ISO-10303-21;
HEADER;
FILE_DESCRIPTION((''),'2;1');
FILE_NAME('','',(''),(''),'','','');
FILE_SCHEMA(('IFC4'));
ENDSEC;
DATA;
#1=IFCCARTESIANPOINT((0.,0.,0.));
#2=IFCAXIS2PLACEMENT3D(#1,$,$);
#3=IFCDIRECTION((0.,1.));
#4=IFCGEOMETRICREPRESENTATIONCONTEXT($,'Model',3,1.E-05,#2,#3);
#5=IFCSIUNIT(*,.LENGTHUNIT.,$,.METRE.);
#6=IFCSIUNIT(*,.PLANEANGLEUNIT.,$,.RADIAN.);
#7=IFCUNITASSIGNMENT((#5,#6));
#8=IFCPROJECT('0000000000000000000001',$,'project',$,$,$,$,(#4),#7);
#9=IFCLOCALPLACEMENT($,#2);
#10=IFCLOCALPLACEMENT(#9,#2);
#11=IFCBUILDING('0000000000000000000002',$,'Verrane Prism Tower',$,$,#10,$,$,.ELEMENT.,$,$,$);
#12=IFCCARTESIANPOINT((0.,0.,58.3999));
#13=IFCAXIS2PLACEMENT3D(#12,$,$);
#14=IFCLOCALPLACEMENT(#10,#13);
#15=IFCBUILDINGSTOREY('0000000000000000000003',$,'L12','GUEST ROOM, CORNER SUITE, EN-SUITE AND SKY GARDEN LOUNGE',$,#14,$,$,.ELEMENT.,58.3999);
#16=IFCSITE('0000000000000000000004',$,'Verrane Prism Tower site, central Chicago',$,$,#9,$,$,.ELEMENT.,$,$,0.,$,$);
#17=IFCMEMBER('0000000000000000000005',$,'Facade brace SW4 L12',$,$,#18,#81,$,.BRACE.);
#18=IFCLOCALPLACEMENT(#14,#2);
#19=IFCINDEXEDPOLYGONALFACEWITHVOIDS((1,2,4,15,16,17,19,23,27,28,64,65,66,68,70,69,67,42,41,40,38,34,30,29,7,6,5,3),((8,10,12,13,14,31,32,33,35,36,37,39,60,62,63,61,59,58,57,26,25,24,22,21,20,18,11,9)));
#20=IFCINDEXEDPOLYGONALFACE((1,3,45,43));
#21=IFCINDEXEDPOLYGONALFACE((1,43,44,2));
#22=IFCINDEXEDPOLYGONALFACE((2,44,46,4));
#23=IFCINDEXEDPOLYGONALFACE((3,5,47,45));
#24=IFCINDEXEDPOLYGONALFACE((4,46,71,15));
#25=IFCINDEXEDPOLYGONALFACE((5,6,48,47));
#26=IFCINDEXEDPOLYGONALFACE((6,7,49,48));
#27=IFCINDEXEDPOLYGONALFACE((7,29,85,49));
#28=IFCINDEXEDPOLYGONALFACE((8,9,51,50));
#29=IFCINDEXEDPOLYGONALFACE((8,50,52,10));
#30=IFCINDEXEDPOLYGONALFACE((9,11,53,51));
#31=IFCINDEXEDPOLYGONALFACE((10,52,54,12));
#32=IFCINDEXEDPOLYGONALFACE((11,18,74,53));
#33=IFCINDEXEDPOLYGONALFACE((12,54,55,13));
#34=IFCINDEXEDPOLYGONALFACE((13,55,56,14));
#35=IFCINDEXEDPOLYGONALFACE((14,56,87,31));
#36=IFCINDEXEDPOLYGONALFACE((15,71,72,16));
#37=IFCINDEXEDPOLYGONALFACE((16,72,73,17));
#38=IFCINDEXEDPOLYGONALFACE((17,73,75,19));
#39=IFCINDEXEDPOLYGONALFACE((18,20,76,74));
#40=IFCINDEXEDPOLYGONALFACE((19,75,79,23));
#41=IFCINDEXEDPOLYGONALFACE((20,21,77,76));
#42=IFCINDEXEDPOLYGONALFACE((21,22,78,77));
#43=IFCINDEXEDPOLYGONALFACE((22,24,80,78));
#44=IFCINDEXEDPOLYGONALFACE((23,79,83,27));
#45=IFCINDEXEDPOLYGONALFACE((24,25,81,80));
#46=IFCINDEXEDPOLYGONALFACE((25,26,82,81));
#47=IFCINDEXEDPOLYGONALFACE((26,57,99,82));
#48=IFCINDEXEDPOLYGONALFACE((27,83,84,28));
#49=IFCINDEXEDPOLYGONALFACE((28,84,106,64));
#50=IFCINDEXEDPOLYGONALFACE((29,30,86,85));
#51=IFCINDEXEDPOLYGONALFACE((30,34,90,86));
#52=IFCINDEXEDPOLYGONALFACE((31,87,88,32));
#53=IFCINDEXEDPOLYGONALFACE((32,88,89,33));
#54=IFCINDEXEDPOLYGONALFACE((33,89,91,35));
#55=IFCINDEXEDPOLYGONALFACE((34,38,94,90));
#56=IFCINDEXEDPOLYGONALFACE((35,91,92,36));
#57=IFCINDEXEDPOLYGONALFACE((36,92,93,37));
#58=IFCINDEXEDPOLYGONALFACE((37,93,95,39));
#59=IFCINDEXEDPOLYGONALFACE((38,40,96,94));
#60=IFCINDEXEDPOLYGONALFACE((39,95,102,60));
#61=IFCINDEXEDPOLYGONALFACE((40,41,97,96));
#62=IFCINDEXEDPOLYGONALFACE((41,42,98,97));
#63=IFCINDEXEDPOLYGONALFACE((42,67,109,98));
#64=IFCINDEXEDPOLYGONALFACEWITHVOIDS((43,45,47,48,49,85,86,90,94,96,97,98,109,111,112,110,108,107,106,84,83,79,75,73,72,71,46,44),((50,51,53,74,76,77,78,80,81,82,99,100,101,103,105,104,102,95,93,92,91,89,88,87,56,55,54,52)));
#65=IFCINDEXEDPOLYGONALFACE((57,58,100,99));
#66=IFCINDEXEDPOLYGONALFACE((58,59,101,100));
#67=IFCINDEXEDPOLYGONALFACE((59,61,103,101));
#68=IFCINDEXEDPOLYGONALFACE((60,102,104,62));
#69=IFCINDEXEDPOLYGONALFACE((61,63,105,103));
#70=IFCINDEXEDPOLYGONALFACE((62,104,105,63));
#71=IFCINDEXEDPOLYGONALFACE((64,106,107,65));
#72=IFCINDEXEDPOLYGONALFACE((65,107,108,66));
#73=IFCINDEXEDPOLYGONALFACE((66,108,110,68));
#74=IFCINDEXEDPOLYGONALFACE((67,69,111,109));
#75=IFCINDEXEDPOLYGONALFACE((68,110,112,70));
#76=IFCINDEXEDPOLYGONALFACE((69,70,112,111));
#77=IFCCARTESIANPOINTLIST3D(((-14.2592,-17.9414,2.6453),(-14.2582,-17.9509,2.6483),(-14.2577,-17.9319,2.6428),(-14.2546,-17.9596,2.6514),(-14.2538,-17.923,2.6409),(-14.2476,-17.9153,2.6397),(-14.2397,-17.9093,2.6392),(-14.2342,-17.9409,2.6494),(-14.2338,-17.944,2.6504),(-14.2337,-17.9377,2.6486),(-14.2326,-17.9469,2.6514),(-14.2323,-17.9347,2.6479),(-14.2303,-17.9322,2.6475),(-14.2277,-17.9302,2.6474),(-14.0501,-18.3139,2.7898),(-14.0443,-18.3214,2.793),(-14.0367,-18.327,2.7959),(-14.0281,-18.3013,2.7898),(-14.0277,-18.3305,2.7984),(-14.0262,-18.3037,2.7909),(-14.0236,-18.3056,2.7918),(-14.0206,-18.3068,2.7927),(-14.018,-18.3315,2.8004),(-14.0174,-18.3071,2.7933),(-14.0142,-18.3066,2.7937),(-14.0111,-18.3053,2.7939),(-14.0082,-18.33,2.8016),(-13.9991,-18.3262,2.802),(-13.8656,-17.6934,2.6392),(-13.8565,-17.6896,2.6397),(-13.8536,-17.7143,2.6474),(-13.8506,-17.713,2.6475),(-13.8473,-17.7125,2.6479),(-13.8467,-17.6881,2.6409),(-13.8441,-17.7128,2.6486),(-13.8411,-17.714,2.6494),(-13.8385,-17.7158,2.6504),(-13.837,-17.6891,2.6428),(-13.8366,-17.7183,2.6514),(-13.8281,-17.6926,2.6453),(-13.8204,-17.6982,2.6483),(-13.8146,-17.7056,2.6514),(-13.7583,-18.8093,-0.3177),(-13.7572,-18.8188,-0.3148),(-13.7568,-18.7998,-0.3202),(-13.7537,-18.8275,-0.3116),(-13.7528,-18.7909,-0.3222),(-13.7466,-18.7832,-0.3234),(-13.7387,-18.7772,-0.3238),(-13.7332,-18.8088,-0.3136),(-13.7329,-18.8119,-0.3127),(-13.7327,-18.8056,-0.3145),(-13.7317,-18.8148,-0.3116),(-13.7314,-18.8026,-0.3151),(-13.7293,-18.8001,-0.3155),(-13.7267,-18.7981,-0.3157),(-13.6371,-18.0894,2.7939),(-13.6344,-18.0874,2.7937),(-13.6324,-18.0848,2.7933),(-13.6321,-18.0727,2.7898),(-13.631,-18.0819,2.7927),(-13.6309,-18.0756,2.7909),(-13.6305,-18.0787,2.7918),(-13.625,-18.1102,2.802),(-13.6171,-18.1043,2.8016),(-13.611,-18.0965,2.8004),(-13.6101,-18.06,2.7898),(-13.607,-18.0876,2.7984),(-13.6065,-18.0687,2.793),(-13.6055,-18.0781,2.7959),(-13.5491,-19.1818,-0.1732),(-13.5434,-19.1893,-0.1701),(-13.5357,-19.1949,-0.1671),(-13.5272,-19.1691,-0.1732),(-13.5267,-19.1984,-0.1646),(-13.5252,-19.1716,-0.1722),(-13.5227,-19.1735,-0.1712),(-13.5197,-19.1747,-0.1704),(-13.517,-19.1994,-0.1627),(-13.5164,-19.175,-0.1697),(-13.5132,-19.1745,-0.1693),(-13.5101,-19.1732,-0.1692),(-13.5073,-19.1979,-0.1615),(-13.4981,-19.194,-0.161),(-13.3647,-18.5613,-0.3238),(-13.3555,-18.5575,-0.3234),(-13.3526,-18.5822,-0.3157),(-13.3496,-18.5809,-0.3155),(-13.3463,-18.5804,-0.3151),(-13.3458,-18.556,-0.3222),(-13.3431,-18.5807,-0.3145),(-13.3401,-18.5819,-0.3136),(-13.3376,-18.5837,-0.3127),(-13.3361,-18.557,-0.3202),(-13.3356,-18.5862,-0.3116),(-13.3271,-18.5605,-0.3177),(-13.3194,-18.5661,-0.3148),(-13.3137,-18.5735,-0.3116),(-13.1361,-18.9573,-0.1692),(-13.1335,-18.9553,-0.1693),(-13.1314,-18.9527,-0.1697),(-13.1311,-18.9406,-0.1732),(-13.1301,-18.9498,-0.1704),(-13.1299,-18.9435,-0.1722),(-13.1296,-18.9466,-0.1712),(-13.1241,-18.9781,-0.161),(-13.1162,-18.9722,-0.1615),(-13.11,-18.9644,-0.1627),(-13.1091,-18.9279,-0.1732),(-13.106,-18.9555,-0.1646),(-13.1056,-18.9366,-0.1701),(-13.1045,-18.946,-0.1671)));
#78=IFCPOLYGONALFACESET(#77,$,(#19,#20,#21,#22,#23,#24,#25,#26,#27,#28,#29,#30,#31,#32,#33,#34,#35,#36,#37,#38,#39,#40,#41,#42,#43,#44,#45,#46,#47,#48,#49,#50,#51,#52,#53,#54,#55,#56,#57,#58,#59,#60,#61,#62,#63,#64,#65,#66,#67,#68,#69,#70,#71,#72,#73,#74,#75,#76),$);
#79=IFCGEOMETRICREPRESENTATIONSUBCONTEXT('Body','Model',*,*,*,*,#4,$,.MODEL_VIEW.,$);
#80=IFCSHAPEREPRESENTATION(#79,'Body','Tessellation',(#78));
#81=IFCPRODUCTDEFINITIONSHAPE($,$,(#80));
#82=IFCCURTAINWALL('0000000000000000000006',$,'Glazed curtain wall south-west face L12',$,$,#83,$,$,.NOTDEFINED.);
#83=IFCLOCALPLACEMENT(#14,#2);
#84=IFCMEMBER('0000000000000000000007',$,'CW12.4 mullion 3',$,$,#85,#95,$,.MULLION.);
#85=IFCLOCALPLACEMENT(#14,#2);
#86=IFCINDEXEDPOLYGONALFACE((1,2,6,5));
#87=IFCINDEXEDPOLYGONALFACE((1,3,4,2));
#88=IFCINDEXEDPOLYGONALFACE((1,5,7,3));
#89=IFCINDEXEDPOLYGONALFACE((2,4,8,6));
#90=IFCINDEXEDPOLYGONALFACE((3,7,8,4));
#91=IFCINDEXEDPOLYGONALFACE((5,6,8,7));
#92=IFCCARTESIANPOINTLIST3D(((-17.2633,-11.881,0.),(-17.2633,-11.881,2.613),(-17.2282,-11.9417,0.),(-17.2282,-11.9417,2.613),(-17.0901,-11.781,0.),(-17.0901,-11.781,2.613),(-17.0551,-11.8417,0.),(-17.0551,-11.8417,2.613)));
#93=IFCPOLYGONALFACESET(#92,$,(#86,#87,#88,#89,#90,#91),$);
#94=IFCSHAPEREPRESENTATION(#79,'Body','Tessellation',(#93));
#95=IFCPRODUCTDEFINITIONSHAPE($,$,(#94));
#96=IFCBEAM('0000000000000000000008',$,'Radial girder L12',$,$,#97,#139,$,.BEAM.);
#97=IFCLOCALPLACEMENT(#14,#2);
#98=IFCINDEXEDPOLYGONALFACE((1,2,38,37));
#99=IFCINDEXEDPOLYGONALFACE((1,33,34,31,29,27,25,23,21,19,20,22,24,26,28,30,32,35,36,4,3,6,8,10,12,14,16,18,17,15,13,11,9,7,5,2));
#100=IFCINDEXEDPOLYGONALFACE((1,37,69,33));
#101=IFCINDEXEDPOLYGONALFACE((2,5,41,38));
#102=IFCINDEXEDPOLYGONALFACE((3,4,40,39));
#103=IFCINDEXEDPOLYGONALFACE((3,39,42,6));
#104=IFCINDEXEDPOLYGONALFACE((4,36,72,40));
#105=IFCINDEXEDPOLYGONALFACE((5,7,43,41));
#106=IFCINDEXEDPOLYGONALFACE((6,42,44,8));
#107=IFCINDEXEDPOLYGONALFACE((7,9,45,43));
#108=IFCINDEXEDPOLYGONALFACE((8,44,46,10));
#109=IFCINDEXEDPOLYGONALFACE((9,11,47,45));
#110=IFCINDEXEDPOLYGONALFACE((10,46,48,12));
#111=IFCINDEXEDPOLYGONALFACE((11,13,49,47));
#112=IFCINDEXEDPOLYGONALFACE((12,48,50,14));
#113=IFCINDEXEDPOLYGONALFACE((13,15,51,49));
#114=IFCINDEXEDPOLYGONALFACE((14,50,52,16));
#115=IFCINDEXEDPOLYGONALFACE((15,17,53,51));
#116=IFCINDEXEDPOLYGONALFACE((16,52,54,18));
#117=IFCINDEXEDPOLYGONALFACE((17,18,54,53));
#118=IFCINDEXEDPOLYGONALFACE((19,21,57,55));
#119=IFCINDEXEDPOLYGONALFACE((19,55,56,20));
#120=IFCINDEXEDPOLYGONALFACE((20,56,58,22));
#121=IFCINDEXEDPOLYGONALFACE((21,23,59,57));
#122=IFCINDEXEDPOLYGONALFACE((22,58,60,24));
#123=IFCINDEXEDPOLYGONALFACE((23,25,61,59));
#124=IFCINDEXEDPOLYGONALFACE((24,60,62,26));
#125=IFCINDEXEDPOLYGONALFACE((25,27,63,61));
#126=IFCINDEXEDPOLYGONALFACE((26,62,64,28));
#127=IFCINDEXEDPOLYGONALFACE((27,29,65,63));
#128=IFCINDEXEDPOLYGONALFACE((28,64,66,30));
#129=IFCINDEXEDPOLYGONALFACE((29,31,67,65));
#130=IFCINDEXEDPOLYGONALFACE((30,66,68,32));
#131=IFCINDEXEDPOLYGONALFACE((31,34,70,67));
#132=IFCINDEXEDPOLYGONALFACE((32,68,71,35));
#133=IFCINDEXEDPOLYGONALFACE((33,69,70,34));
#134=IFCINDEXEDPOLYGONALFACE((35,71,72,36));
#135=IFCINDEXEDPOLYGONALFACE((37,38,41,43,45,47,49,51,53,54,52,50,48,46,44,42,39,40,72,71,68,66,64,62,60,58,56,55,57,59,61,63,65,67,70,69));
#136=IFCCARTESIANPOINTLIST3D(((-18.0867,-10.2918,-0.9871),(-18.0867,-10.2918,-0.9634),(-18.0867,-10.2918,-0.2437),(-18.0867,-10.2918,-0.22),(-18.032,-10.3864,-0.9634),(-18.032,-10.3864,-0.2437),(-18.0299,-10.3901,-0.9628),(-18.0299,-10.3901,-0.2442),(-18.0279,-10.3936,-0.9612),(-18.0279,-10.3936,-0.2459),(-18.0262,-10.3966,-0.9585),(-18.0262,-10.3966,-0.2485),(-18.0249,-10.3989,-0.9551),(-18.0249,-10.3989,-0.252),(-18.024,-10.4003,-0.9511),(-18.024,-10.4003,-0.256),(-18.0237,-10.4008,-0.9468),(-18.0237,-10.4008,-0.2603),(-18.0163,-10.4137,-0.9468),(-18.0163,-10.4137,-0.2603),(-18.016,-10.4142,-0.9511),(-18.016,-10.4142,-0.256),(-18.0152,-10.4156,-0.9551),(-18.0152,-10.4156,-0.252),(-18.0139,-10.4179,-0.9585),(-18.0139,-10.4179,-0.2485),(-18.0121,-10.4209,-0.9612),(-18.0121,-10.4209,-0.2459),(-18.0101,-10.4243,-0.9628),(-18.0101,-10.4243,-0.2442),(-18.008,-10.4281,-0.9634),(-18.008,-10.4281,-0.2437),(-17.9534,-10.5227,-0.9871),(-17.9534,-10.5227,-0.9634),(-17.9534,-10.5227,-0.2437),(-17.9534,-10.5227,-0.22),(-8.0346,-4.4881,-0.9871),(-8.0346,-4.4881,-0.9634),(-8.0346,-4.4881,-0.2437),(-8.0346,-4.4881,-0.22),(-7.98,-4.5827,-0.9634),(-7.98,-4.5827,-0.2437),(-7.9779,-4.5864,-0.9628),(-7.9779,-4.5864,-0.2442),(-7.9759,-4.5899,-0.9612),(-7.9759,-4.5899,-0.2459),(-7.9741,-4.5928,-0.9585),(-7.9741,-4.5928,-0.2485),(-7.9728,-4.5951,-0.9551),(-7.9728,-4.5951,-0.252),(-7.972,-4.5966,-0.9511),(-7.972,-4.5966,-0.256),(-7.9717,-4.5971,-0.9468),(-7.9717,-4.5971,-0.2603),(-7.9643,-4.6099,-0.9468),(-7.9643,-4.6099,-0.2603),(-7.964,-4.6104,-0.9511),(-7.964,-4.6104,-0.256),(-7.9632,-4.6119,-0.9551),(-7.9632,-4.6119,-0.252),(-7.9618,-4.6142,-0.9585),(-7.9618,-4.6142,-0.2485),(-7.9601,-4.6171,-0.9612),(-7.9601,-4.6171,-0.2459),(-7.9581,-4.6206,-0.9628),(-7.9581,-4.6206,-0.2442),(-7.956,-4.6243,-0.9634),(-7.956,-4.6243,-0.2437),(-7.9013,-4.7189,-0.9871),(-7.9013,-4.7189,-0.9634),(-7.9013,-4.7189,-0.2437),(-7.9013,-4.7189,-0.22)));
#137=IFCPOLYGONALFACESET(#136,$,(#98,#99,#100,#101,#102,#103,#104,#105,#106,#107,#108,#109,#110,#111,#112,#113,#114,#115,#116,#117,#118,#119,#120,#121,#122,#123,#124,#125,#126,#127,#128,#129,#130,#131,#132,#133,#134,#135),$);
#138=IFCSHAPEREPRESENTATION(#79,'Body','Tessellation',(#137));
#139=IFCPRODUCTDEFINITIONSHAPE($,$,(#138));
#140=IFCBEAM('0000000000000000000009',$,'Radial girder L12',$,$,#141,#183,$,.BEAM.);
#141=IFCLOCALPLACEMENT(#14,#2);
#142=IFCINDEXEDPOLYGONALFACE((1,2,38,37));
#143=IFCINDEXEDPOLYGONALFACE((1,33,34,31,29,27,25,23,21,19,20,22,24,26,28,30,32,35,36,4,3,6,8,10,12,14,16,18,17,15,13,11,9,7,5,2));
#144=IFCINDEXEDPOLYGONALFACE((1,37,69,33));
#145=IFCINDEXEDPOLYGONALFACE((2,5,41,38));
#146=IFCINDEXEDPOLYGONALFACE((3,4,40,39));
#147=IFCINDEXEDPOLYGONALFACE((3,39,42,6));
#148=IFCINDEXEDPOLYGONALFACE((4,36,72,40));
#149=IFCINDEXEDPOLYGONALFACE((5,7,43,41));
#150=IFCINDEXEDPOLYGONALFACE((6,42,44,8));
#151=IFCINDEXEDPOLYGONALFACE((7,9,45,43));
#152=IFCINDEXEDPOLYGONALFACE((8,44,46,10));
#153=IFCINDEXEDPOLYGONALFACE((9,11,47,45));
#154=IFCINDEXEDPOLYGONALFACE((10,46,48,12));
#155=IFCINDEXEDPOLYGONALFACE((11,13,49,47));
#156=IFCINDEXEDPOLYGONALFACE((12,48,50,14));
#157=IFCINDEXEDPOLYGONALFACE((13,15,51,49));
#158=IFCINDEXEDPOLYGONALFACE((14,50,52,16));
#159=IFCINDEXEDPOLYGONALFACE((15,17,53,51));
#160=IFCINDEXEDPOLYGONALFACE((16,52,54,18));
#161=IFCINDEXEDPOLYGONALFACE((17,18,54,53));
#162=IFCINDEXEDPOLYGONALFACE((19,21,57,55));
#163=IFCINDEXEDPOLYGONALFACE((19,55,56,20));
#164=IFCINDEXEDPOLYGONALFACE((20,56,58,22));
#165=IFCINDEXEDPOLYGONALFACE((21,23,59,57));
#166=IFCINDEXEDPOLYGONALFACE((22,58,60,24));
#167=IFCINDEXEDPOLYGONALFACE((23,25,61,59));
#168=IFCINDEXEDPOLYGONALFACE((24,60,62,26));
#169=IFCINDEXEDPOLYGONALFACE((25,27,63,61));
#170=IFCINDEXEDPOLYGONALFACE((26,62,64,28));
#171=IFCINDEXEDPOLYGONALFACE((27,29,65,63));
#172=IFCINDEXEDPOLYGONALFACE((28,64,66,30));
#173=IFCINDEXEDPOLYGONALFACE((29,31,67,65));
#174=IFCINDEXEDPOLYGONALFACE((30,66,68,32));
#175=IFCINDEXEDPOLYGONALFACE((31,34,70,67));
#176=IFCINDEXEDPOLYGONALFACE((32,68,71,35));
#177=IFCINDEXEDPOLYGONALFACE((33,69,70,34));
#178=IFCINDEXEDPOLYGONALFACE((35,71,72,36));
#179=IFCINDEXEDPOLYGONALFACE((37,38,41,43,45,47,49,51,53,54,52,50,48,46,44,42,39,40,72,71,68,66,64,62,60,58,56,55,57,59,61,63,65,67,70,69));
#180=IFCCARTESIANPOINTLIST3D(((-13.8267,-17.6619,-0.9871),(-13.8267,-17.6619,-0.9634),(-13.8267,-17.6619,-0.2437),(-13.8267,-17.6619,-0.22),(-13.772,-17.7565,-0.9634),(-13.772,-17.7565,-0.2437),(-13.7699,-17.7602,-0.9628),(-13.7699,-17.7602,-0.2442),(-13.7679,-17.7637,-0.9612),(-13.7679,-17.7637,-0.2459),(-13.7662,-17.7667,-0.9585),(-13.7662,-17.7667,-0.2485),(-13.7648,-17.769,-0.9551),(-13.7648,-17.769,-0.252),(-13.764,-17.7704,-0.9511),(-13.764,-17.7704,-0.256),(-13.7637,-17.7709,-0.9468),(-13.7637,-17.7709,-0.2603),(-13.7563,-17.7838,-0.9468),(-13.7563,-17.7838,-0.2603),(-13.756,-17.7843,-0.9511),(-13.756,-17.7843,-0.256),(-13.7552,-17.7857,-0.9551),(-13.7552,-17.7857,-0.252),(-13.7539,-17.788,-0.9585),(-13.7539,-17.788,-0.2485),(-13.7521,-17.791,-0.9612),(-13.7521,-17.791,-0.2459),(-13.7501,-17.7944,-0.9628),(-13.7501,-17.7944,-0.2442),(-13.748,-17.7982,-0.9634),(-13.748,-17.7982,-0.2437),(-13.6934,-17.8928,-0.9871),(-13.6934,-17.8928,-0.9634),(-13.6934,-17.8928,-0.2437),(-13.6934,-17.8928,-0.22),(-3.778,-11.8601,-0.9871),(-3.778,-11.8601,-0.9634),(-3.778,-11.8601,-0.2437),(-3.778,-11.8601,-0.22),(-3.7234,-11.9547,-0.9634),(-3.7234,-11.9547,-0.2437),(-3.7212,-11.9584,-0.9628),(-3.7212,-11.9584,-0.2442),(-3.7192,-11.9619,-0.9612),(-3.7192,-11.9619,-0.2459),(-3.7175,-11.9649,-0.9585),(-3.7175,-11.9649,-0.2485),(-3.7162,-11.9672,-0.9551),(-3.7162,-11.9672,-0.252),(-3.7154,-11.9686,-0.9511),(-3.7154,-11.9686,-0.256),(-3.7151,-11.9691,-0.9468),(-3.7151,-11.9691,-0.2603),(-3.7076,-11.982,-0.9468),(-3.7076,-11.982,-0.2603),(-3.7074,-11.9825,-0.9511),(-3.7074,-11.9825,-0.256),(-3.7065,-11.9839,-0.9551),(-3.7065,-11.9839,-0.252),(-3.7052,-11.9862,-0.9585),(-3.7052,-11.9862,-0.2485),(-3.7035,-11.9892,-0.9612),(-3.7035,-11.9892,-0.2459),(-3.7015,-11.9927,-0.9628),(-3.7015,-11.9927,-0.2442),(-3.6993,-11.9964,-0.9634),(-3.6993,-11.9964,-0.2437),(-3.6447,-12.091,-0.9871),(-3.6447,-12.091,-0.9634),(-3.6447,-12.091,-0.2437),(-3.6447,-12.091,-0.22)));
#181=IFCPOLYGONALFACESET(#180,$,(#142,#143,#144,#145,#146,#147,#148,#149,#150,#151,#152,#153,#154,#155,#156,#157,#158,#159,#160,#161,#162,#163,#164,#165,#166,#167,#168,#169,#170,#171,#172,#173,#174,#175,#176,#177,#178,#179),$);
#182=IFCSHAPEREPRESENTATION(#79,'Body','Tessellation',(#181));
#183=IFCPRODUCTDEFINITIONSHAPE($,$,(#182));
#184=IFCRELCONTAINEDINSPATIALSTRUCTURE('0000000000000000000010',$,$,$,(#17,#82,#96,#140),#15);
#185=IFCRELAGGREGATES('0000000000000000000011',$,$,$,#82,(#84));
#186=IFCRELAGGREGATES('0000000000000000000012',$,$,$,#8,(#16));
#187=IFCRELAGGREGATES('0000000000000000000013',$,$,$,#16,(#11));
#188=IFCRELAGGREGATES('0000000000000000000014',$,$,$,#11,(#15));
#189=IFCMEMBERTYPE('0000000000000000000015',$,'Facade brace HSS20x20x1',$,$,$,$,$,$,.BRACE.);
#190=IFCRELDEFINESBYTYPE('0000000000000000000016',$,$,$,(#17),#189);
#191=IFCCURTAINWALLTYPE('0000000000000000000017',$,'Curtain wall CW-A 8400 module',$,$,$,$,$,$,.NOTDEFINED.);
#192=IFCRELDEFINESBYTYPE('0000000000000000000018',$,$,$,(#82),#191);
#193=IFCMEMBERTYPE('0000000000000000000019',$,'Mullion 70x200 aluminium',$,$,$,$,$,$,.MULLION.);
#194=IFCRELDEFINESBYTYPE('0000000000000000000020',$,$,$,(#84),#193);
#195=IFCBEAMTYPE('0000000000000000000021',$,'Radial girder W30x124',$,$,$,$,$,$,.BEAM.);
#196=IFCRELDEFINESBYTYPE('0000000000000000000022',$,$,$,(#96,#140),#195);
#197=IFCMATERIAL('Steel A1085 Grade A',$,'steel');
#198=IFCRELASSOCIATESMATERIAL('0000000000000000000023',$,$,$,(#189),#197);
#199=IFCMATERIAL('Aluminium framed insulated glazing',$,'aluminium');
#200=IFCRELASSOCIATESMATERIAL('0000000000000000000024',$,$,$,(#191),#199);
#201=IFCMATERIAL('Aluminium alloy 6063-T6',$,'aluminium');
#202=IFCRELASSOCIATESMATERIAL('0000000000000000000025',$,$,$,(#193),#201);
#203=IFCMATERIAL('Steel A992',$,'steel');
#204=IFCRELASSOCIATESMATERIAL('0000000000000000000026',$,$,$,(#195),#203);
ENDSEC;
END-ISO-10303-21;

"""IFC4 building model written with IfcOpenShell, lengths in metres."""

from ifc_helpers import new_model, si_unit, direction, frame, origin, origin_2d, place, context, subcontext, project, spatial, rectangle, hollow_rectangle, i_section, extrude, material, material_profile, profile_set, type_object, element, aggregate, save


model = new_model("IFC4")

# Units and contexts
model_context = context("Model", 3, precision=1e-05, world=origin(), true_north=direction((0.0, 1.0)))
body_context = subcontext(model_context, "Body", "Model", "MODEL_VIEW")
ifc_project = project(units=[si_unit("LENGTHUNIT", "METRE"), si_unit("PLANEANGLEUNIT", "RADIAN")], contexts=[model_context])

# Site, building, storey
site_placement = place(None, origin())
site = spatial("IfcSite", under=ifc_project, at=site_placement, Name="Verrane Prism Tower site, central Chicago", CompositionType="ELEMENT", RefElevation=0.0)
building_placement = place(site_placement, origin())
building = spatial("IfcBuilding", under=site, at=building_placement, Name="Verrane Prism Tower", CompositionType="ELEMENT")
storey_placement = place(building_placement, frame((0.0, 0.0, 58.3999)))
storey = spatial("IfcBuildingStorey", under=building, at=storey_placement, Name="L12", Description="GUEST ROOM, CORNER SUITE, EN-SUITE AND SKY GARDEN LOUNGE", CompositionType="ELEMENT", Elevation=58.3999)

# Member
ifc_material_1 = material(Name="Steel A1085 Grade A", Category="steel")
ifc_material_profile_1 = material_profile(ifc_material_1, hollow_rectangle(XDim=0.5081, YDim=0.5081, WallThickness=0.0254, InnerFilletRadius=0.0127, OuterFilletRadius=0.0381, at=origin_2d()), Name="HSS20x20x1")
ifc_profile_set_1 = profile_set([ifc_material_profile_1], Name="Steel A1085 Grade A")
member_type_1 = type_object("IfcMemberType", Name="Facade brace HSS20x20x1", PredefinedType="BRACE", material=ifc_profile_set_1)
member_1_placement = place(storey_placement, frame((-13.4314, -18.8777, -0.2424), z_axis=(-0.160158, 0.277467, 0.947291), x_axis=(-0.866076, -0.499912, 0.0)))
element("IfcMember", 1, at=member_1_placement, inside=storey, type_object=member_type_1, Name="Facade brace SW4 L12", PredefinedType="BRACE", context=body_context, shape_type="SweptSolid", body=[
    extrude(hollow_rectangle(XDim=0.5081, YDim=0.5081, WallThickness=0.0254, InnerFilletRadius=0.0127, OuterFilletRadius=0.0381, at=origin_2d()), origin(), (0.0, 0.0, 1.0), 3.1279),
])

# Curtain wall, member
ifc_material_2 = material(Name="Aluminium framed insulated glazing", Category="aluminium")
curtain_wall_type = type_object("IfcCurtainWallType", Name="Curtain wall CW-A 8400 module", PredefinedType="NOTDEFINED", material=ifc_material_2)
curtain_wall_placement = place(storey_placement, origin())
curtain_wall = element("IfcCurtainWall", 2, at=curtain_wall_placement, inside=storey, type_object=curtain_wall_type, Name="Glazed curtain wall south-west face L12", PredefinedType="NOTDEFINED")
ifc_material_3 = material(Name="Aluminium alloy 6063-T6", Category="aluminium")
ifc_material_profile_2 = material_profile(ifc_material_3, rectangle(XDim=0.2, YDim=0.0701, at=origin_2d()), Name="Mullion 70x200 aluminium")
ifc_profile_set_2 = profile_set([ifc_material_profile_2], Name="Aluminium alloy 6063-T6")
member_type_2 = type_object("IfcMemberType", Name="Mullion 70x200 aluminium", PredefinedType="MULLION", material=ifc_profile_set_2)
member_2_placement = place(storey_placement, frame((-17.1592, -11.8613, 0.0), z_axis=(0.0, 0.0, 1.0), x_axis=(0.866026, 0.5, 0.0)))
member_2 = element("IfcMember", 3, at=member_2_placement, type_object=member_type_2, Name="CW12.4 mullion 3", PredefinedType="MULLION", context=body_context, shape_type="SweptSolid", body=[
    extrude(rectangle(XDim=0.2, YDim=0.0701, at=origin_2d()), origin(), (0.0, 0.0, 1.0), 2.613),
])

# Beams
ifc_material_4 = material(Name="Steel A992", Category="steel")
ifc_material_profile_3 = material_profile(ifc_material_4, i_section(OverallWidth=0.2666, OverallDepth=0.7671, WebThickness=0.0149, FlangeThickness=0.0237, FilletRadius=0.0166, at=origin_2d()), Name="W30x124")
ifc_profile_set_3 = profile_set([ifc_material_profile_3], Name="Steel A992")
beam_type_1 = type_object("IfcBeamType", Name="Radial girder W30x124", PredefinedType="BEAM", material=ifc_profile_set_3)
beam_1_placement = place(storey_placement, frame((-18.02, -10.4072, -0.6035), z_axis=(0.866019, 0.500012, 0.0), x_axis=(-0.500012, 0.866019, 0.0)))
element("IfcBeam", 4, at=beam_1_placement, inside=storey, type_object=beam_type_1, Name="Radial girder L12", PredefinedType="BEAM", context=body_context, shape_type="SweptSolid", body=[
    extrude(i_section(OverallWidth=0.2666, OverallDepth=0.7671, WebThickness=0.0149, FlangeThickness=0.0237, FilletRadius=0.0166, at=origin_2d()), origin(), (0.0, 0.0, 1.0), 11.6072),
])
beam_2_placement = place(storey_placement, frame((-13.76, -17.7773, -0.6035), z_axis=(0.866018, 0.500013, 0.0), x_axis=(-0.500013, 0.866018, 0.0)))
element("IfcBeam", 5, at=beam_2_placement, inside=storey, type_object=beam_type_1, Name="Radial girder L12", PredefinedType="BEAM", context=body_context, shape_type="SweptSolid", body=[
    extrude(i_section(OverallWidth=0.2666, OverallDepth=0.7671, WebThickness=0.0149, FlangeThickness=0.0237, FilletRadius=0.0166, at=origin_2d()), origin(), (0.0, 0.0, 1.0), 11.6033),
])

aggregate(curtain_wall, [member_2])

save(model, "model.ifc")
